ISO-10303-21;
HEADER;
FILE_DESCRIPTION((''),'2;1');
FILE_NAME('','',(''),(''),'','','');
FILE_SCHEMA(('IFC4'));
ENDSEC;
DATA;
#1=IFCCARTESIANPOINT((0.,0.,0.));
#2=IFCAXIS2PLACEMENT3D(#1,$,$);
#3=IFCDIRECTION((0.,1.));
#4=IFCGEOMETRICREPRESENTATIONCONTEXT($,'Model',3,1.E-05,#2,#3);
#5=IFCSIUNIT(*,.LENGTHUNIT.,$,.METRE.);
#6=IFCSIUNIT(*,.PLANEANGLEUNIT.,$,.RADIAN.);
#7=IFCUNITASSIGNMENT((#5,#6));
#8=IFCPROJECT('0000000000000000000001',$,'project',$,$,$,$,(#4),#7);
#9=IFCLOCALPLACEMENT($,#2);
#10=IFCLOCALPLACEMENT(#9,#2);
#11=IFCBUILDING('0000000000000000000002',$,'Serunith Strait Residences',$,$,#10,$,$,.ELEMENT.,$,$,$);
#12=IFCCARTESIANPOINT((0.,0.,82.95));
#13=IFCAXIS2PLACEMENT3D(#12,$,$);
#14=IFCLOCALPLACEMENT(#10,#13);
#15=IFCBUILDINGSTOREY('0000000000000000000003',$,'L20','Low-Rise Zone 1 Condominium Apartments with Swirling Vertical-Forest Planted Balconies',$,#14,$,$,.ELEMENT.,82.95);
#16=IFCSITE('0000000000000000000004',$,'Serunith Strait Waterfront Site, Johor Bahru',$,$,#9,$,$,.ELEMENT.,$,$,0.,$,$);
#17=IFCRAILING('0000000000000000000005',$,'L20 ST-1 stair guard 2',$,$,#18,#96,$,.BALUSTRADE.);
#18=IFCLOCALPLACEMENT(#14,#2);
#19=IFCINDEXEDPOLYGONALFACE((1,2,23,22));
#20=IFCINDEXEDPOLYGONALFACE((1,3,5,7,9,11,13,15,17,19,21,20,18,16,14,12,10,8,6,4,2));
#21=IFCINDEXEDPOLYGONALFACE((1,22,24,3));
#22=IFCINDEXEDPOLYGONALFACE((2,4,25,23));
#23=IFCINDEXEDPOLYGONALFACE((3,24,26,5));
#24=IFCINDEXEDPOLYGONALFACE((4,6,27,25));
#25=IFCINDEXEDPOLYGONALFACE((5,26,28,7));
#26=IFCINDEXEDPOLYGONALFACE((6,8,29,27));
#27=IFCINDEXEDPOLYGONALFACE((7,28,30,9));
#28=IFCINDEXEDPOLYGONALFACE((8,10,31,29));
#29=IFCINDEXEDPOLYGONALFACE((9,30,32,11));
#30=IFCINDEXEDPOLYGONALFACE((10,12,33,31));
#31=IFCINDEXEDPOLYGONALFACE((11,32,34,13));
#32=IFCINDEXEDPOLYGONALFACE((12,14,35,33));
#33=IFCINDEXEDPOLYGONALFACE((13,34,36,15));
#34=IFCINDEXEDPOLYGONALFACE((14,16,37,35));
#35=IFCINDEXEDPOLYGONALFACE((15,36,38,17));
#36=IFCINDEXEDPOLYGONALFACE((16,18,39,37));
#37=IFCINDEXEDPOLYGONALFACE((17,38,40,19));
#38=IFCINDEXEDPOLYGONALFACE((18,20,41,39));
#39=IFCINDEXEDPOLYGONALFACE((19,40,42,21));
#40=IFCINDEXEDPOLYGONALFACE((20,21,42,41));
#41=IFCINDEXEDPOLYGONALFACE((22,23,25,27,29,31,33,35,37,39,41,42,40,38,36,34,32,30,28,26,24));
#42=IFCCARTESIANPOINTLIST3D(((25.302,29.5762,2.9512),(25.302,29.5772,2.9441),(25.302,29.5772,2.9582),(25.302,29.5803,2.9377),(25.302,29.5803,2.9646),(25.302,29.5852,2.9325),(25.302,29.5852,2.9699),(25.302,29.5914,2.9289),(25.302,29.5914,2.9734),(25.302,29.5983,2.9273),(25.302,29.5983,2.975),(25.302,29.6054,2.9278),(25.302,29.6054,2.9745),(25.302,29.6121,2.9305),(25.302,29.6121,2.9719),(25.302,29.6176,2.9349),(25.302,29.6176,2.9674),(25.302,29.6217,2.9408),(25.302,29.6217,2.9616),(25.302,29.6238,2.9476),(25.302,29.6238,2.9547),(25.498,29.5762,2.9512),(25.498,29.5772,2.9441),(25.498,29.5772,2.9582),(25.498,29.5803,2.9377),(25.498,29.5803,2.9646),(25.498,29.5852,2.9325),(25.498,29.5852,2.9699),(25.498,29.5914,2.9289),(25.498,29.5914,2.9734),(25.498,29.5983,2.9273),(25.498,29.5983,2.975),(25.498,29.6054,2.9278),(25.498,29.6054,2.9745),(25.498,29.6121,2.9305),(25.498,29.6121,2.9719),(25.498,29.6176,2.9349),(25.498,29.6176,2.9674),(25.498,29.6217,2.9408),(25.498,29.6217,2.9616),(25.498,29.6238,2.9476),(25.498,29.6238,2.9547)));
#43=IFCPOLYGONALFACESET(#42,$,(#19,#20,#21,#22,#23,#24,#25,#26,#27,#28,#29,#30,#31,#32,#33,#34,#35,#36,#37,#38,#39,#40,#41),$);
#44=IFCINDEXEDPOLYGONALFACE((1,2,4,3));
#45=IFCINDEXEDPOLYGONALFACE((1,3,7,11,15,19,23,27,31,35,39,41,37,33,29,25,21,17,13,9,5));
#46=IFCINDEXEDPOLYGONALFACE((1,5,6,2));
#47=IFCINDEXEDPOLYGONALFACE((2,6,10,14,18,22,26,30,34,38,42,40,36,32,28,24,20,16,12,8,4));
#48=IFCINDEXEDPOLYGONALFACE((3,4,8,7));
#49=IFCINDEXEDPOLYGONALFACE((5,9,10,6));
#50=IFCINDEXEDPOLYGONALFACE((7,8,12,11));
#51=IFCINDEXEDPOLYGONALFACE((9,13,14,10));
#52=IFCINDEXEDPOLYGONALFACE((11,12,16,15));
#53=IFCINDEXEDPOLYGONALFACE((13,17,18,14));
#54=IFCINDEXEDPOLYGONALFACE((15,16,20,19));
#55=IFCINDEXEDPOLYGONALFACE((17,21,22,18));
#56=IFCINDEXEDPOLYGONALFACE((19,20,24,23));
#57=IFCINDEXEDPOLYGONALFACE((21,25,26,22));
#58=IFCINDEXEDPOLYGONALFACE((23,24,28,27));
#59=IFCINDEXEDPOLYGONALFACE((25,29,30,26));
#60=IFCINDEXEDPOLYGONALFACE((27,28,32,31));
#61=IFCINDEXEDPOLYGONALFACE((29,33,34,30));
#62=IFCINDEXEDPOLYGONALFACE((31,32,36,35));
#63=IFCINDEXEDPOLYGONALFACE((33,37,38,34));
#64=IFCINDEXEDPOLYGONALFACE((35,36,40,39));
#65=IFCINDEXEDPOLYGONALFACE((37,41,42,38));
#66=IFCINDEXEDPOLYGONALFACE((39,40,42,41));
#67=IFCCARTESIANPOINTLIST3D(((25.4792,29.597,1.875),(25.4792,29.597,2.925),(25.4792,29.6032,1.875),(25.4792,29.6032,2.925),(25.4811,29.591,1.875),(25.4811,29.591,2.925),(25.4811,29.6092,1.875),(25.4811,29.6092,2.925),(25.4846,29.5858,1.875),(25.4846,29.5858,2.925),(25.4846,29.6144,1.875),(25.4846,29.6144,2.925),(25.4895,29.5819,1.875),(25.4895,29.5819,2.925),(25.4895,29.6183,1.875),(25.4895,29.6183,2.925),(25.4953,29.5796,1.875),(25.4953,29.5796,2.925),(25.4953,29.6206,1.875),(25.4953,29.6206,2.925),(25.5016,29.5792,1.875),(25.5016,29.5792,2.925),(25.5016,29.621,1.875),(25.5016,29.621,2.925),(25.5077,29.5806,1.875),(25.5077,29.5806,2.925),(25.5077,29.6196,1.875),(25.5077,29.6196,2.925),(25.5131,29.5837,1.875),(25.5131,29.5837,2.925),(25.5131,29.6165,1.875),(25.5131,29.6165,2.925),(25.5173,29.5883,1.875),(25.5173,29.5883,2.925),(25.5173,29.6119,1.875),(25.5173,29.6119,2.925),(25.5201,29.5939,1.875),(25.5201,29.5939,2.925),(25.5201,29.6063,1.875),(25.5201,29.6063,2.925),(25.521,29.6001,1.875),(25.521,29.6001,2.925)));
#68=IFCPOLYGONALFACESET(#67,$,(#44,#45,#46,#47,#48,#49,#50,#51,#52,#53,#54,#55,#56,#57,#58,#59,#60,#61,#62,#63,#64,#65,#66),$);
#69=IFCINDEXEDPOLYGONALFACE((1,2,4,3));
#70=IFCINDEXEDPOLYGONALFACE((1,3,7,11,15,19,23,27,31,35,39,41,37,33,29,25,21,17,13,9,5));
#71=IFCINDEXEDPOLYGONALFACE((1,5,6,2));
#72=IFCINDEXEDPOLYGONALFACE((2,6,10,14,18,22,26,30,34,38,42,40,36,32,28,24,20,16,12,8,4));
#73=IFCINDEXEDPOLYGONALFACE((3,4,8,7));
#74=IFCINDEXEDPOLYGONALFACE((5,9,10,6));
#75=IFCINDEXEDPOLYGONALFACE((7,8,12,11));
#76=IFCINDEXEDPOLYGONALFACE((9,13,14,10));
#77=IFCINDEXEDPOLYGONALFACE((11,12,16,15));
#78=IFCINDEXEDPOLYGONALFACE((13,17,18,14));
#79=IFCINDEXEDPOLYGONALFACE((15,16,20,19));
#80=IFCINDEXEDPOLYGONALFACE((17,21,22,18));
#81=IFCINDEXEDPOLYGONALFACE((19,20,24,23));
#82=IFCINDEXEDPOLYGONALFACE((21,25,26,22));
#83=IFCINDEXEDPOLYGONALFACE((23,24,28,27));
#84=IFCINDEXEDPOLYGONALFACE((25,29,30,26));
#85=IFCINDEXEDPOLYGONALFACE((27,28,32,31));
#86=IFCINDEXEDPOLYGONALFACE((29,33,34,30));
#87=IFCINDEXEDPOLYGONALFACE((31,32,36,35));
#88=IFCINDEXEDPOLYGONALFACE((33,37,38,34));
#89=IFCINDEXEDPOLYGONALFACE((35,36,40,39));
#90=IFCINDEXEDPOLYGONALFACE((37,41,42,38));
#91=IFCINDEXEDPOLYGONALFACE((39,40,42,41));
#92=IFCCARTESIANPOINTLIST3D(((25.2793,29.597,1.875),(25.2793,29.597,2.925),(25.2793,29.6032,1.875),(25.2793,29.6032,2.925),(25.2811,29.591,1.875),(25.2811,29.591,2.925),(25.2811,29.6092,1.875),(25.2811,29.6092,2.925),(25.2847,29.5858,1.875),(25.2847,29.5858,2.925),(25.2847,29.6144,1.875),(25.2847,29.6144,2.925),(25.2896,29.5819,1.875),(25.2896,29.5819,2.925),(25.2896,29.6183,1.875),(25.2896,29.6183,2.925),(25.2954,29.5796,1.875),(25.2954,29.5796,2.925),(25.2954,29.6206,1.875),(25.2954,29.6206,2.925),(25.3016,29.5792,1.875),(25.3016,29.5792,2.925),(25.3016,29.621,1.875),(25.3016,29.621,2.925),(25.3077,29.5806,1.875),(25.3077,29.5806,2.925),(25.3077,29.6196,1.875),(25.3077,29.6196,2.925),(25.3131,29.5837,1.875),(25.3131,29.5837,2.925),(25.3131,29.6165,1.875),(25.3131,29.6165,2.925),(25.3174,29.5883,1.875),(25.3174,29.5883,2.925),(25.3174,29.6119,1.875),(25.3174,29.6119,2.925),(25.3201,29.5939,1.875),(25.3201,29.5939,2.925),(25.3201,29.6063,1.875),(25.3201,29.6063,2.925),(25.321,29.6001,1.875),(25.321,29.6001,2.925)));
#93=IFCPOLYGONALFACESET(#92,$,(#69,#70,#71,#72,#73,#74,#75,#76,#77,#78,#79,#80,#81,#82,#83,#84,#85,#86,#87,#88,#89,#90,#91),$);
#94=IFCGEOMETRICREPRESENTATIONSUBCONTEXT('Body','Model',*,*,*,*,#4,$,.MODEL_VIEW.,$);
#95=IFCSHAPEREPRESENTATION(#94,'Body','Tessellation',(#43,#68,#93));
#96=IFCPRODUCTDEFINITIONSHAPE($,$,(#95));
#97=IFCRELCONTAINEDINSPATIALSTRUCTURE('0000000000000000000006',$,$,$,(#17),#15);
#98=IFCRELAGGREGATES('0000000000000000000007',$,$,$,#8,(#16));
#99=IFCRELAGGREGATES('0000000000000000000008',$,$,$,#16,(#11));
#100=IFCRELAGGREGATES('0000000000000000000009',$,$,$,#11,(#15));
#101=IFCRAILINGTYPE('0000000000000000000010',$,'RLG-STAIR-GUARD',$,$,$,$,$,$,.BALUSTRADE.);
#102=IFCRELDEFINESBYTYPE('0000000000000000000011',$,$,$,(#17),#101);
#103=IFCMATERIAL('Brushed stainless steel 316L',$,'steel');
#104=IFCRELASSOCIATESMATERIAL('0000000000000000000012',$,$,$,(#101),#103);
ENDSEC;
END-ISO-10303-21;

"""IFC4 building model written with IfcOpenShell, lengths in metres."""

from ifc_helpers import new_model, si_unit, direction, frame, origin, origin_2d, place, context, subcontext, project, spatial, circle, extrude, material, type_object, element, save


model = new_model("IFC4")

# Units and contexts
model_context = context("Model", 3, precision=1e-05, world=origin(), true_north=direction((0.0, 1.0)))
body_context = subcontext(model_context, "Body", "Model", "MODEL_VIEW")
ifc_project = project(units=[si_unit("LENGTHUNIT", "METRE"), si_unit("PLANEANGLEUNIT", "RADIAN")], contexts=[model_context])

# Site, building, storey
site_placement = place(None, origin())
site = spatial("IfcSite", under=ifc_project, at=site_placement, Name="Serunith Strait Waterfront Site, Johor Bahru", CompositionType="ELEMENT", RefElevation=0.0)
building_placement = place(site_placement, origin())
building = spatial("IfcBuilding", under=site, at=building_placement, Name="Serunith Strait Residences", CompositionType="ELEMENT")
storey_placement = place(building_placement, frame((0.0, 0.0, 82.95)))
storey = spatial("IfcBuildingStorey", under=building, at=storey_placement, Name="L20", Description="Low-Rise Zone 1 Condominium Apartments with Swirling Vertical-Forest Planted Balconies", CompositionType="ELEMENT", Elevation=82.95)

# Railing
ifc_material_1 = material(Name="Brushed stainless steel 316L", Category="steel")
railing_type_1 = type_object("IfcRailingType", Name="RLG-STAIR-GUARD", PredefinedType="BALUSTRADE", material=ifc_material_1)
railing_1_placement = place(storey_placement, frame((25.5, 29.6001, 1.875)))
element("IfcRailing", 1, at=railing_1_placement, inside=storey, type_object=railing_type_1, Name="L20 ST-1 stair guard 2", PredefinedType="BALUSTRADE", context=body_context, shape_type="SweptSolid", body=[
    extrude(circle(Radius=0.0239, at=origin_2d()), frame((-0.002, 0.0, 1.0762), z_axis=(-1.0, 0.0, 0.0), x_axis=(0.0, -1.0, 0.0)), (0.0, 0.0, 1.0), 0.196),
    extrude(circle(Radius=0.021, at=origin_2d()), origin(), (0.0, 0.0, 1.0), 1.05),
    extrude(circle(Radius=0.021, at=origin_2d()), frame((-0.2, 0.0, 0.0)), (0.0, 0.0, 1.0), 1.05),
])

save(model, "model.ifc")
